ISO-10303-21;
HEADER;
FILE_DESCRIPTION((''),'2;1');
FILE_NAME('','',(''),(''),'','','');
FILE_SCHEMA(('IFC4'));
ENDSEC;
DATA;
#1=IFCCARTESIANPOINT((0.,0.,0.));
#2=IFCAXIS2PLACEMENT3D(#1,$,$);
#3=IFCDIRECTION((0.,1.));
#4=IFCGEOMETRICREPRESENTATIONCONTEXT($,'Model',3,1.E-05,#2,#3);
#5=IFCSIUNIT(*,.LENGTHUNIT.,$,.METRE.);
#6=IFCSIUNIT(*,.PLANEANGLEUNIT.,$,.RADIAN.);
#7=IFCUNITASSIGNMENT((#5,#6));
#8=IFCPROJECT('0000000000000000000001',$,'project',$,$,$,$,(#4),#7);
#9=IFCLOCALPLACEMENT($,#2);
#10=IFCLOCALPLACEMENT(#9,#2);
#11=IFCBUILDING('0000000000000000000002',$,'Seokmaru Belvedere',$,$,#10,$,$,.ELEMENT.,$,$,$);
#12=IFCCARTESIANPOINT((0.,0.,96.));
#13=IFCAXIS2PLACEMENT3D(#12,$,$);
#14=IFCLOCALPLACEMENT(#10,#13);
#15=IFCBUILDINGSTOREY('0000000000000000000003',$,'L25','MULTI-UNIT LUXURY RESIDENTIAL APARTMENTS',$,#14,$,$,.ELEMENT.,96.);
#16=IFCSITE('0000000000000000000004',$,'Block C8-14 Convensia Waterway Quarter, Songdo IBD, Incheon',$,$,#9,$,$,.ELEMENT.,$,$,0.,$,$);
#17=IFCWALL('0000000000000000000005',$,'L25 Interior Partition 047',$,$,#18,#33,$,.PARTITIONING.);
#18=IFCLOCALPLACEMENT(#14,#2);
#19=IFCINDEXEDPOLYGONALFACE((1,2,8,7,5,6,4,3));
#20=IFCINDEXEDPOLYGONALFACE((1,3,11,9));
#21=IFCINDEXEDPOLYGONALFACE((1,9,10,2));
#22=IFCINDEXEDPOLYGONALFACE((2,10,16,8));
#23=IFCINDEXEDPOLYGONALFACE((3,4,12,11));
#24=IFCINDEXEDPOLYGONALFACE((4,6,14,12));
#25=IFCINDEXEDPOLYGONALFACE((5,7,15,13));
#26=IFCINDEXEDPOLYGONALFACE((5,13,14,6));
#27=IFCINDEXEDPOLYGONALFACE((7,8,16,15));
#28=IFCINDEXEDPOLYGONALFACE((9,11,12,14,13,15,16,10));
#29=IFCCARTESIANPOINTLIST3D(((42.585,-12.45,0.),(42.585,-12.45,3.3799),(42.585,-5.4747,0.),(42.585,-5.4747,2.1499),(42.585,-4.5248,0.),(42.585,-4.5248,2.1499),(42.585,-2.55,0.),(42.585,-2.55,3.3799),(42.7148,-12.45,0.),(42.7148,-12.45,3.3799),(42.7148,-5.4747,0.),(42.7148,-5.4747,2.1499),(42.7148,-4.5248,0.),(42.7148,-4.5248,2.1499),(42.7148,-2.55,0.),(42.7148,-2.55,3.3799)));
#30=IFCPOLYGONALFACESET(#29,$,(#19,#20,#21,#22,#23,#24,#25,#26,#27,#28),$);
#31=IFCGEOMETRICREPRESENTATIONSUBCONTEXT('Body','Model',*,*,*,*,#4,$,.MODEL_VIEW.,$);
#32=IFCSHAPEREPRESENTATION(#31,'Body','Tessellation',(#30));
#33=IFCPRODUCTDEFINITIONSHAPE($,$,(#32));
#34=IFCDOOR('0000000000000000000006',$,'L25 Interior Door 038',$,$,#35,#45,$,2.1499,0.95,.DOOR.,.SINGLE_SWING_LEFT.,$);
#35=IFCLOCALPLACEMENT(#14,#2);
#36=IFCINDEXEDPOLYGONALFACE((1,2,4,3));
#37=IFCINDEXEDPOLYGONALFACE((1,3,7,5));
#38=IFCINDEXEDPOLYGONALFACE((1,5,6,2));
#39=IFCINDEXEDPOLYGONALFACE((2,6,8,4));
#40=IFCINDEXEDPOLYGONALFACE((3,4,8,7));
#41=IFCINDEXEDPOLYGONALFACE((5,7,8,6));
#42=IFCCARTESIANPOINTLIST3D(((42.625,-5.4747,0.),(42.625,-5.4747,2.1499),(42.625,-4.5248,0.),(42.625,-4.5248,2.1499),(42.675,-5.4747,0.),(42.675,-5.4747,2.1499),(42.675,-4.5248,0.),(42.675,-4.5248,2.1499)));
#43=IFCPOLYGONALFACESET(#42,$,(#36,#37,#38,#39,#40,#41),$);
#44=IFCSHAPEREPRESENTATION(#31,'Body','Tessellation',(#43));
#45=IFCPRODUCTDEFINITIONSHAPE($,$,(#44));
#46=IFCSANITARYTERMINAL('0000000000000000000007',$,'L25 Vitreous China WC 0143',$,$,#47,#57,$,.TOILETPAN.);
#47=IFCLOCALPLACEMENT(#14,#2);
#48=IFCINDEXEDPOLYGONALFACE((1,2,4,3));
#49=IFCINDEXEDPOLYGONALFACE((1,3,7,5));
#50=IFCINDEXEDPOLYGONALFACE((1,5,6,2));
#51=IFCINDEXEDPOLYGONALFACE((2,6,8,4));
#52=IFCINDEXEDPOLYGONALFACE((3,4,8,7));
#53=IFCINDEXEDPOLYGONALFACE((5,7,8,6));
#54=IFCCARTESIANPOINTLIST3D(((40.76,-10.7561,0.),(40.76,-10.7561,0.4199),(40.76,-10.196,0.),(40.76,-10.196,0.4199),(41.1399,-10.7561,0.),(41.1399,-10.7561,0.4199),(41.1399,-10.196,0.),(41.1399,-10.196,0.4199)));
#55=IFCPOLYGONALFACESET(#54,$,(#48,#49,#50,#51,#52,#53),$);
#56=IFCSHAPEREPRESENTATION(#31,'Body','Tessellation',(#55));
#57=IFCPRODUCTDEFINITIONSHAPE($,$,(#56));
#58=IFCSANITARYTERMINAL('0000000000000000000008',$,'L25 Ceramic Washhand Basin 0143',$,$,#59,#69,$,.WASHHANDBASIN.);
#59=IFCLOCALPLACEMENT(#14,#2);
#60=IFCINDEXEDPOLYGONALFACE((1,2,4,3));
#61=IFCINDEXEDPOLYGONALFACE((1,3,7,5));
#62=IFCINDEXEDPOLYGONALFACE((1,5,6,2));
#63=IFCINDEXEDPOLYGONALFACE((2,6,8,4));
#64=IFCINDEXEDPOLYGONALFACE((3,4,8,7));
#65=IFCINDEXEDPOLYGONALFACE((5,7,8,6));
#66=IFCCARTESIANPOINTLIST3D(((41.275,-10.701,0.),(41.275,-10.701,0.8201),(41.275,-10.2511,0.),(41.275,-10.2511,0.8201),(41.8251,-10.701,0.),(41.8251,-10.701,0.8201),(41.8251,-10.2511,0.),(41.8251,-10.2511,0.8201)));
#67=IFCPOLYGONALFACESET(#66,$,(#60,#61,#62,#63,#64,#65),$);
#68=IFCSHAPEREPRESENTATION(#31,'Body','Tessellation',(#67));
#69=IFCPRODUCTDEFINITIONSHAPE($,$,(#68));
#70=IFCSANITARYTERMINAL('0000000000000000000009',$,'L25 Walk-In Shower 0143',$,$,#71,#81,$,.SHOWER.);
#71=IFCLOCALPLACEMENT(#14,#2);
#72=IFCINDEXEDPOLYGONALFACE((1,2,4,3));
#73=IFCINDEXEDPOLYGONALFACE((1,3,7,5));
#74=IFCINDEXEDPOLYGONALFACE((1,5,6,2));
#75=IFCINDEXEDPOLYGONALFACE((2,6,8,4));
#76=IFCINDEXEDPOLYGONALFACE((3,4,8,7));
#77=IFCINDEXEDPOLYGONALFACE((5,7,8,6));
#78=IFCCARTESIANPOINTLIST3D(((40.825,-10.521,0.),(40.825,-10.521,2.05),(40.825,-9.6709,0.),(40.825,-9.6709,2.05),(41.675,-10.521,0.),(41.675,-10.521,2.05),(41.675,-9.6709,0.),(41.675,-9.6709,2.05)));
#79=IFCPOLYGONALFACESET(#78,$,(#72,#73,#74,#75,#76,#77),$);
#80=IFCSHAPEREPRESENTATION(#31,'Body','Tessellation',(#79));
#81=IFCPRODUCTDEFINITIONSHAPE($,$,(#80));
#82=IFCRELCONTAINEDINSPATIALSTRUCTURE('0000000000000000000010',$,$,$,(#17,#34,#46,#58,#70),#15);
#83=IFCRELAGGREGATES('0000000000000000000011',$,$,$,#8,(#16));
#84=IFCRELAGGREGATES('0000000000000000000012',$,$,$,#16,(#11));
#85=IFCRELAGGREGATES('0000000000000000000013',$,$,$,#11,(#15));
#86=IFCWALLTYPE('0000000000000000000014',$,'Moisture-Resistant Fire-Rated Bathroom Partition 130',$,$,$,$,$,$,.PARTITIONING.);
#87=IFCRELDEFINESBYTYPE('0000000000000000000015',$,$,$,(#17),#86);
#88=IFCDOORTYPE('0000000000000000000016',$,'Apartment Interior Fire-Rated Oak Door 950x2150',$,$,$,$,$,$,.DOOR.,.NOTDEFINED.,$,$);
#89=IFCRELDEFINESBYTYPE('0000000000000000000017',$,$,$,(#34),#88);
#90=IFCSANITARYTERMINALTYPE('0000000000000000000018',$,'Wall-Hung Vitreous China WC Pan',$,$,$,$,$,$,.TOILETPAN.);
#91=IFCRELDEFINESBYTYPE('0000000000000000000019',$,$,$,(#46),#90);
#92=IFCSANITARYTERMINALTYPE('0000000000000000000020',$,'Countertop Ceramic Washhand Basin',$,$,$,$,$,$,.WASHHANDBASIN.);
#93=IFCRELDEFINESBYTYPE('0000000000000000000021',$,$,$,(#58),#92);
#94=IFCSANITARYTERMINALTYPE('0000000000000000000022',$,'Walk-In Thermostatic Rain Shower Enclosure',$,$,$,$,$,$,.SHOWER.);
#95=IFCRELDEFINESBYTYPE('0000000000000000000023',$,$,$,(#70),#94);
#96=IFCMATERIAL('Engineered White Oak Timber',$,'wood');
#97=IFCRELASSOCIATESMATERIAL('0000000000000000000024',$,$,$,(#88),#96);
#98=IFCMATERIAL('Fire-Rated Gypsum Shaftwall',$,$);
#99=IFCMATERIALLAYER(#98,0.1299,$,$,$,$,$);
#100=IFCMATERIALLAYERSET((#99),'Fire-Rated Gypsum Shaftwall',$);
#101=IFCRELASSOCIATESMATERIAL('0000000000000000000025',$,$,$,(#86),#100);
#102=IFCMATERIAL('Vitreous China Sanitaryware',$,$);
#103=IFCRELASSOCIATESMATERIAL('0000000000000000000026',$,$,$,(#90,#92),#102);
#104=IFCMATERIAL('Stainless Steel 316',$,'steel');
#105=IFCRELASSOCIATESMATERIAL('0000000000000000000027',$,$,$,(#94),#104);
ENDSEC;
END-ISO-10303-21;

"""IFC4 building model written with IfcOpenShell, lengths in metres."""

from ifc_helpers import new_model, si_unit, direction, frame, frame_2d, origin, origin_2d, place, context, subcontext, project, spatial, rectangle, extrude, source, transform, mapped, material, layer, layer_set, type_object, type_shapes, element, fill, save


model = new_model("IFC4")

# Units and contexts
model_context = context("Model", 3, precision=1e-05, world=origin(), true_north=direction((0.0, 1.0)))
body_context = subcontext(model_context, "Body", "Model", "MODEL_VIEW")
ifc_project = project(units=[si_unit("LENGTHUNIT", "METRE"), si_unit("PLANEANGLEUNIT", "RADIAN")], contexts=[model_context])

# Site, building, storey
site_placement = place(None, origin())
site = spatial("IfcSite", under=ifc_project, at=site_placement, Name="Block C8-14 Convensia Waterway Quarter, Songdo IBD, Incheon", CompositionType="ELEMENT", RefElevation=0.0)
building_placement = place(site_placement, origin())
building = spatial("IfcBuilding", under=site, at=building_placement, Name="Seokmaru Belvedere", CompositionType="ELEMENT")
storey_placement = place(building_placement, frame((0.0, 0.0, 96.0)))
storey = spatial("IfcBuildingStorey", under=building, at=storey_placement, Name="L25", Description="MULTI-UNIT LUXURY RESIDENTIAL APARTMENTS", CompositionType="ELEMENT", Elevation=96.0)

# Shared definitions
ifc_material_1 = material(Name="Fire-Rated Gypsum Shaftwall")
ifc_material_2 = material(Name="Engineered White Oak Timber", Category="wood")
door_type_1 = type_object("IfcDoorType", Name="Apartment Interior Fire-Rated Oak Door 950x2150", OperationType="NOTDEFINED", PredefinedType="DOOR", material=ifc_material_2)
shared_shape_1 = source(origin(), body_context, "Body", "SweptSolid", [
    extrude(rectangle(XDim=0.95, YDim=2.1499, at=frame_2d((0.4751, 1.075))), frame((0.0, 0.0249, 0.0), z_axis=(0.0, -1.0, 0.0), x_axis=(1.0, 0.0, 0.0)), (0.0, 0.0, 1.0), 0.05),
])
type_shapes(door_type_1, [shared_shape_1])

# Wall, opening, door
ifc_layer_1 = layer(ifc_material_1, 0.1299)
ifc_layer_set_1 = layer_set([ifc_layer_1], Name="Fire-Rated Gypsum Shaftwall")
wall_type_1 = type_object("IfcWallType", Name="Moisture-Resistant Fire-Rated Bathroom Partition 130", PredefinedType="PARTITIONING", material=ifc_layer_set_1)
wall_1_placement = place(storey_placement, frame((42.6499, -12.45, 0.0), z_axis=(0.0, 0.0, 1.0), x_axis=(0.0, 1.0, 0.0)))
wall_1 = element("IfcWall", 1, at=wall_1_placement, inside=storey, type_object=wall_type_1, Name="L25 Interior Partition 047", PredefinedType="PARTITIONING", context=body_context, shape_type="SweptSolid", body=[
    extrude(rectangle(XDim=9.8999, YDim=0.1299, at=frame_2d((4.95, 0.0))), origin(), (0.0, 0.0, 1.0), 3.3799),
])
opening_1_placement = place(wall_1_placement, frame((6.9751, 0.0, 0.0)))
opening_1 = element("IfcOpeningElement", 2, at=opening_1_placement, cuts=wall_1, PredefinedType="OPENING", context=body_context, shape_type="SweptSolid", body=[
    extrude(rectangle(XDim=0.95, YDim=2.1499, at=frame_2d((0.4751, 1.075))), frame((0.0, 0.075, 0.0), z_axis=(0.0, -1.0, 0.0), x_axis=(1.0, 0.0, 0.0)), (0.0, 0.0, 1.0), 0.1499),
])
door_1_placement = place(opening_1_placement, origin())
door_1 = element("IfcDoor", 3, at=door_1_placement, inside=storey, type_object=door_type_1, Name="L25 Interior Door 038", OperationType="SINGLE_SWING_LEFT", OverallHeight=2.1499, OverallWidth=0.95, PredefinedType="DOOR", context=body_context, shape_type="MappedRepresentation", body=[
    mapped(shared_shape_1, transform((0.0, 0.0, 0.0), scale=1.0)),
])
fill(opening_1, door_1)

# Sanitary terminals
ifc_material_3 = material(Name="Vitreous China Sanitaryware")
sanitary_terminal_type_1 = type_object("IfcSanitaryTerminalType", Name="Wall-Hung Vitreous China WC Pan", PredefinedType="TOILETPAN", material=ifc_material_3)
shared_shape_2 = source(origin(), body_context, "Body", "SweptSolid", [
    extrude(rectangle(XDim=0.3799, YDim=0.5601, at=origin_2d()), origin(), (0.0, 0.0, 1.0), 0.4199),
])
type_shapes(sanitary_terminal_type_1, [shared_shape_2])
sanitary_terminal_1_placement = place(storey_placement, frame((40.95, -10.4761, 0.0), z_axis=(0.0, 0.0, 1.0), x_axis=(1.0, 0.0, 0.0)))
element("IfcSanitaryTerminal", 4, at=sanitary_terminal_1_placement, inside=storey, type_object=sanitary_terminal_type_1, Name="L25 Vitreous China WC 0143", PredefinedType="TOILETPAN", context=body_context, shape_type="MappedRepresentation", body=[
    mapped(shared_shape_2, transform((0.0, 0.0, 0.0), scale=1.0)),
])
sanitary_terminal_type_2 = type_object("IfcSanitaryTerminalType", Name="Countertop Ceramic Washhand Basin", PredefinedType="WASHHANDBASIN", material=ifc_material_3)
shared_shape_3 = source(origin(), body_context, "Body", "SweptSolid", [
    extrude(rectangle(XDim=0.55, YDim=0.45, at=origin_2d()), origin(), (0.0, 0.0, 1.0), 0.8201),
])
type_shapes(sanitary_terminal_type_2, [shared_shape_3])
sanitary_terminal_2_placement = place(storey_placement, frame((41.55, -10.4761, 0.0), z_axis=(0.0, 0.0, 1.0), x_axis=(1.0, 0.0, 0.0)))
element("IfcSanitaryTerminal", 5, at=sanitary_terminal_2_placement, inside=storey, type_object=sanitary_terminal_type_2, Name="L25 Ceramic Washhand Basin 0143", PredefinedType="WASHHANDBASIN", context=body_context, shape_type="MappedRepresentation", body=[
    mapped(shared_shape_3, transform((0.0, 0.0, 0.0), scale=1.0)),
])
ifc_material_4 = material(Name="Stainless Steel 316", Category="steel")
sanitary_terminal_type_3 = type_object("IfcSanitaryTerminalType", Name="Walk-In Thermostatic Rain Shower Enclosure", PredefinedType="SHOWER", material=ifc_material_4)
shared_shape_4 = source(origin(), body_context, "Body", "SweptSolid", [
    extrude(rectangle(XDim=0.8501, YDim=0.8501, at=origin_2d()), origin(), (0.0, 0.0, 1.0), 2.05),
])
type_shapes(sanitary_terminal_type_3, [shared_shape_4])
sanitary_terminal_3_placement = place(storey_placement, frame((41.25, -10.0959, 0.0), z_axis=(0.0, 0.0, 1.0), x_axis=(1.0, 0.0, 0.0)))
element("IfcSanitaryTerminal", 6, at=sanitary_terminal_3_placement, inside=storey, type_object=sanitary_terminal_type_3, Name="L25 Walk-In Shower 0143", PredefinedType="SHOWER", context=body_context, shape_type="MappedRepresentation", body=[
    mapped(shared_shape_4, transform((0.0, 0.0, 0.0), scale=1.0)),
])

save(model, "model.ifc")
